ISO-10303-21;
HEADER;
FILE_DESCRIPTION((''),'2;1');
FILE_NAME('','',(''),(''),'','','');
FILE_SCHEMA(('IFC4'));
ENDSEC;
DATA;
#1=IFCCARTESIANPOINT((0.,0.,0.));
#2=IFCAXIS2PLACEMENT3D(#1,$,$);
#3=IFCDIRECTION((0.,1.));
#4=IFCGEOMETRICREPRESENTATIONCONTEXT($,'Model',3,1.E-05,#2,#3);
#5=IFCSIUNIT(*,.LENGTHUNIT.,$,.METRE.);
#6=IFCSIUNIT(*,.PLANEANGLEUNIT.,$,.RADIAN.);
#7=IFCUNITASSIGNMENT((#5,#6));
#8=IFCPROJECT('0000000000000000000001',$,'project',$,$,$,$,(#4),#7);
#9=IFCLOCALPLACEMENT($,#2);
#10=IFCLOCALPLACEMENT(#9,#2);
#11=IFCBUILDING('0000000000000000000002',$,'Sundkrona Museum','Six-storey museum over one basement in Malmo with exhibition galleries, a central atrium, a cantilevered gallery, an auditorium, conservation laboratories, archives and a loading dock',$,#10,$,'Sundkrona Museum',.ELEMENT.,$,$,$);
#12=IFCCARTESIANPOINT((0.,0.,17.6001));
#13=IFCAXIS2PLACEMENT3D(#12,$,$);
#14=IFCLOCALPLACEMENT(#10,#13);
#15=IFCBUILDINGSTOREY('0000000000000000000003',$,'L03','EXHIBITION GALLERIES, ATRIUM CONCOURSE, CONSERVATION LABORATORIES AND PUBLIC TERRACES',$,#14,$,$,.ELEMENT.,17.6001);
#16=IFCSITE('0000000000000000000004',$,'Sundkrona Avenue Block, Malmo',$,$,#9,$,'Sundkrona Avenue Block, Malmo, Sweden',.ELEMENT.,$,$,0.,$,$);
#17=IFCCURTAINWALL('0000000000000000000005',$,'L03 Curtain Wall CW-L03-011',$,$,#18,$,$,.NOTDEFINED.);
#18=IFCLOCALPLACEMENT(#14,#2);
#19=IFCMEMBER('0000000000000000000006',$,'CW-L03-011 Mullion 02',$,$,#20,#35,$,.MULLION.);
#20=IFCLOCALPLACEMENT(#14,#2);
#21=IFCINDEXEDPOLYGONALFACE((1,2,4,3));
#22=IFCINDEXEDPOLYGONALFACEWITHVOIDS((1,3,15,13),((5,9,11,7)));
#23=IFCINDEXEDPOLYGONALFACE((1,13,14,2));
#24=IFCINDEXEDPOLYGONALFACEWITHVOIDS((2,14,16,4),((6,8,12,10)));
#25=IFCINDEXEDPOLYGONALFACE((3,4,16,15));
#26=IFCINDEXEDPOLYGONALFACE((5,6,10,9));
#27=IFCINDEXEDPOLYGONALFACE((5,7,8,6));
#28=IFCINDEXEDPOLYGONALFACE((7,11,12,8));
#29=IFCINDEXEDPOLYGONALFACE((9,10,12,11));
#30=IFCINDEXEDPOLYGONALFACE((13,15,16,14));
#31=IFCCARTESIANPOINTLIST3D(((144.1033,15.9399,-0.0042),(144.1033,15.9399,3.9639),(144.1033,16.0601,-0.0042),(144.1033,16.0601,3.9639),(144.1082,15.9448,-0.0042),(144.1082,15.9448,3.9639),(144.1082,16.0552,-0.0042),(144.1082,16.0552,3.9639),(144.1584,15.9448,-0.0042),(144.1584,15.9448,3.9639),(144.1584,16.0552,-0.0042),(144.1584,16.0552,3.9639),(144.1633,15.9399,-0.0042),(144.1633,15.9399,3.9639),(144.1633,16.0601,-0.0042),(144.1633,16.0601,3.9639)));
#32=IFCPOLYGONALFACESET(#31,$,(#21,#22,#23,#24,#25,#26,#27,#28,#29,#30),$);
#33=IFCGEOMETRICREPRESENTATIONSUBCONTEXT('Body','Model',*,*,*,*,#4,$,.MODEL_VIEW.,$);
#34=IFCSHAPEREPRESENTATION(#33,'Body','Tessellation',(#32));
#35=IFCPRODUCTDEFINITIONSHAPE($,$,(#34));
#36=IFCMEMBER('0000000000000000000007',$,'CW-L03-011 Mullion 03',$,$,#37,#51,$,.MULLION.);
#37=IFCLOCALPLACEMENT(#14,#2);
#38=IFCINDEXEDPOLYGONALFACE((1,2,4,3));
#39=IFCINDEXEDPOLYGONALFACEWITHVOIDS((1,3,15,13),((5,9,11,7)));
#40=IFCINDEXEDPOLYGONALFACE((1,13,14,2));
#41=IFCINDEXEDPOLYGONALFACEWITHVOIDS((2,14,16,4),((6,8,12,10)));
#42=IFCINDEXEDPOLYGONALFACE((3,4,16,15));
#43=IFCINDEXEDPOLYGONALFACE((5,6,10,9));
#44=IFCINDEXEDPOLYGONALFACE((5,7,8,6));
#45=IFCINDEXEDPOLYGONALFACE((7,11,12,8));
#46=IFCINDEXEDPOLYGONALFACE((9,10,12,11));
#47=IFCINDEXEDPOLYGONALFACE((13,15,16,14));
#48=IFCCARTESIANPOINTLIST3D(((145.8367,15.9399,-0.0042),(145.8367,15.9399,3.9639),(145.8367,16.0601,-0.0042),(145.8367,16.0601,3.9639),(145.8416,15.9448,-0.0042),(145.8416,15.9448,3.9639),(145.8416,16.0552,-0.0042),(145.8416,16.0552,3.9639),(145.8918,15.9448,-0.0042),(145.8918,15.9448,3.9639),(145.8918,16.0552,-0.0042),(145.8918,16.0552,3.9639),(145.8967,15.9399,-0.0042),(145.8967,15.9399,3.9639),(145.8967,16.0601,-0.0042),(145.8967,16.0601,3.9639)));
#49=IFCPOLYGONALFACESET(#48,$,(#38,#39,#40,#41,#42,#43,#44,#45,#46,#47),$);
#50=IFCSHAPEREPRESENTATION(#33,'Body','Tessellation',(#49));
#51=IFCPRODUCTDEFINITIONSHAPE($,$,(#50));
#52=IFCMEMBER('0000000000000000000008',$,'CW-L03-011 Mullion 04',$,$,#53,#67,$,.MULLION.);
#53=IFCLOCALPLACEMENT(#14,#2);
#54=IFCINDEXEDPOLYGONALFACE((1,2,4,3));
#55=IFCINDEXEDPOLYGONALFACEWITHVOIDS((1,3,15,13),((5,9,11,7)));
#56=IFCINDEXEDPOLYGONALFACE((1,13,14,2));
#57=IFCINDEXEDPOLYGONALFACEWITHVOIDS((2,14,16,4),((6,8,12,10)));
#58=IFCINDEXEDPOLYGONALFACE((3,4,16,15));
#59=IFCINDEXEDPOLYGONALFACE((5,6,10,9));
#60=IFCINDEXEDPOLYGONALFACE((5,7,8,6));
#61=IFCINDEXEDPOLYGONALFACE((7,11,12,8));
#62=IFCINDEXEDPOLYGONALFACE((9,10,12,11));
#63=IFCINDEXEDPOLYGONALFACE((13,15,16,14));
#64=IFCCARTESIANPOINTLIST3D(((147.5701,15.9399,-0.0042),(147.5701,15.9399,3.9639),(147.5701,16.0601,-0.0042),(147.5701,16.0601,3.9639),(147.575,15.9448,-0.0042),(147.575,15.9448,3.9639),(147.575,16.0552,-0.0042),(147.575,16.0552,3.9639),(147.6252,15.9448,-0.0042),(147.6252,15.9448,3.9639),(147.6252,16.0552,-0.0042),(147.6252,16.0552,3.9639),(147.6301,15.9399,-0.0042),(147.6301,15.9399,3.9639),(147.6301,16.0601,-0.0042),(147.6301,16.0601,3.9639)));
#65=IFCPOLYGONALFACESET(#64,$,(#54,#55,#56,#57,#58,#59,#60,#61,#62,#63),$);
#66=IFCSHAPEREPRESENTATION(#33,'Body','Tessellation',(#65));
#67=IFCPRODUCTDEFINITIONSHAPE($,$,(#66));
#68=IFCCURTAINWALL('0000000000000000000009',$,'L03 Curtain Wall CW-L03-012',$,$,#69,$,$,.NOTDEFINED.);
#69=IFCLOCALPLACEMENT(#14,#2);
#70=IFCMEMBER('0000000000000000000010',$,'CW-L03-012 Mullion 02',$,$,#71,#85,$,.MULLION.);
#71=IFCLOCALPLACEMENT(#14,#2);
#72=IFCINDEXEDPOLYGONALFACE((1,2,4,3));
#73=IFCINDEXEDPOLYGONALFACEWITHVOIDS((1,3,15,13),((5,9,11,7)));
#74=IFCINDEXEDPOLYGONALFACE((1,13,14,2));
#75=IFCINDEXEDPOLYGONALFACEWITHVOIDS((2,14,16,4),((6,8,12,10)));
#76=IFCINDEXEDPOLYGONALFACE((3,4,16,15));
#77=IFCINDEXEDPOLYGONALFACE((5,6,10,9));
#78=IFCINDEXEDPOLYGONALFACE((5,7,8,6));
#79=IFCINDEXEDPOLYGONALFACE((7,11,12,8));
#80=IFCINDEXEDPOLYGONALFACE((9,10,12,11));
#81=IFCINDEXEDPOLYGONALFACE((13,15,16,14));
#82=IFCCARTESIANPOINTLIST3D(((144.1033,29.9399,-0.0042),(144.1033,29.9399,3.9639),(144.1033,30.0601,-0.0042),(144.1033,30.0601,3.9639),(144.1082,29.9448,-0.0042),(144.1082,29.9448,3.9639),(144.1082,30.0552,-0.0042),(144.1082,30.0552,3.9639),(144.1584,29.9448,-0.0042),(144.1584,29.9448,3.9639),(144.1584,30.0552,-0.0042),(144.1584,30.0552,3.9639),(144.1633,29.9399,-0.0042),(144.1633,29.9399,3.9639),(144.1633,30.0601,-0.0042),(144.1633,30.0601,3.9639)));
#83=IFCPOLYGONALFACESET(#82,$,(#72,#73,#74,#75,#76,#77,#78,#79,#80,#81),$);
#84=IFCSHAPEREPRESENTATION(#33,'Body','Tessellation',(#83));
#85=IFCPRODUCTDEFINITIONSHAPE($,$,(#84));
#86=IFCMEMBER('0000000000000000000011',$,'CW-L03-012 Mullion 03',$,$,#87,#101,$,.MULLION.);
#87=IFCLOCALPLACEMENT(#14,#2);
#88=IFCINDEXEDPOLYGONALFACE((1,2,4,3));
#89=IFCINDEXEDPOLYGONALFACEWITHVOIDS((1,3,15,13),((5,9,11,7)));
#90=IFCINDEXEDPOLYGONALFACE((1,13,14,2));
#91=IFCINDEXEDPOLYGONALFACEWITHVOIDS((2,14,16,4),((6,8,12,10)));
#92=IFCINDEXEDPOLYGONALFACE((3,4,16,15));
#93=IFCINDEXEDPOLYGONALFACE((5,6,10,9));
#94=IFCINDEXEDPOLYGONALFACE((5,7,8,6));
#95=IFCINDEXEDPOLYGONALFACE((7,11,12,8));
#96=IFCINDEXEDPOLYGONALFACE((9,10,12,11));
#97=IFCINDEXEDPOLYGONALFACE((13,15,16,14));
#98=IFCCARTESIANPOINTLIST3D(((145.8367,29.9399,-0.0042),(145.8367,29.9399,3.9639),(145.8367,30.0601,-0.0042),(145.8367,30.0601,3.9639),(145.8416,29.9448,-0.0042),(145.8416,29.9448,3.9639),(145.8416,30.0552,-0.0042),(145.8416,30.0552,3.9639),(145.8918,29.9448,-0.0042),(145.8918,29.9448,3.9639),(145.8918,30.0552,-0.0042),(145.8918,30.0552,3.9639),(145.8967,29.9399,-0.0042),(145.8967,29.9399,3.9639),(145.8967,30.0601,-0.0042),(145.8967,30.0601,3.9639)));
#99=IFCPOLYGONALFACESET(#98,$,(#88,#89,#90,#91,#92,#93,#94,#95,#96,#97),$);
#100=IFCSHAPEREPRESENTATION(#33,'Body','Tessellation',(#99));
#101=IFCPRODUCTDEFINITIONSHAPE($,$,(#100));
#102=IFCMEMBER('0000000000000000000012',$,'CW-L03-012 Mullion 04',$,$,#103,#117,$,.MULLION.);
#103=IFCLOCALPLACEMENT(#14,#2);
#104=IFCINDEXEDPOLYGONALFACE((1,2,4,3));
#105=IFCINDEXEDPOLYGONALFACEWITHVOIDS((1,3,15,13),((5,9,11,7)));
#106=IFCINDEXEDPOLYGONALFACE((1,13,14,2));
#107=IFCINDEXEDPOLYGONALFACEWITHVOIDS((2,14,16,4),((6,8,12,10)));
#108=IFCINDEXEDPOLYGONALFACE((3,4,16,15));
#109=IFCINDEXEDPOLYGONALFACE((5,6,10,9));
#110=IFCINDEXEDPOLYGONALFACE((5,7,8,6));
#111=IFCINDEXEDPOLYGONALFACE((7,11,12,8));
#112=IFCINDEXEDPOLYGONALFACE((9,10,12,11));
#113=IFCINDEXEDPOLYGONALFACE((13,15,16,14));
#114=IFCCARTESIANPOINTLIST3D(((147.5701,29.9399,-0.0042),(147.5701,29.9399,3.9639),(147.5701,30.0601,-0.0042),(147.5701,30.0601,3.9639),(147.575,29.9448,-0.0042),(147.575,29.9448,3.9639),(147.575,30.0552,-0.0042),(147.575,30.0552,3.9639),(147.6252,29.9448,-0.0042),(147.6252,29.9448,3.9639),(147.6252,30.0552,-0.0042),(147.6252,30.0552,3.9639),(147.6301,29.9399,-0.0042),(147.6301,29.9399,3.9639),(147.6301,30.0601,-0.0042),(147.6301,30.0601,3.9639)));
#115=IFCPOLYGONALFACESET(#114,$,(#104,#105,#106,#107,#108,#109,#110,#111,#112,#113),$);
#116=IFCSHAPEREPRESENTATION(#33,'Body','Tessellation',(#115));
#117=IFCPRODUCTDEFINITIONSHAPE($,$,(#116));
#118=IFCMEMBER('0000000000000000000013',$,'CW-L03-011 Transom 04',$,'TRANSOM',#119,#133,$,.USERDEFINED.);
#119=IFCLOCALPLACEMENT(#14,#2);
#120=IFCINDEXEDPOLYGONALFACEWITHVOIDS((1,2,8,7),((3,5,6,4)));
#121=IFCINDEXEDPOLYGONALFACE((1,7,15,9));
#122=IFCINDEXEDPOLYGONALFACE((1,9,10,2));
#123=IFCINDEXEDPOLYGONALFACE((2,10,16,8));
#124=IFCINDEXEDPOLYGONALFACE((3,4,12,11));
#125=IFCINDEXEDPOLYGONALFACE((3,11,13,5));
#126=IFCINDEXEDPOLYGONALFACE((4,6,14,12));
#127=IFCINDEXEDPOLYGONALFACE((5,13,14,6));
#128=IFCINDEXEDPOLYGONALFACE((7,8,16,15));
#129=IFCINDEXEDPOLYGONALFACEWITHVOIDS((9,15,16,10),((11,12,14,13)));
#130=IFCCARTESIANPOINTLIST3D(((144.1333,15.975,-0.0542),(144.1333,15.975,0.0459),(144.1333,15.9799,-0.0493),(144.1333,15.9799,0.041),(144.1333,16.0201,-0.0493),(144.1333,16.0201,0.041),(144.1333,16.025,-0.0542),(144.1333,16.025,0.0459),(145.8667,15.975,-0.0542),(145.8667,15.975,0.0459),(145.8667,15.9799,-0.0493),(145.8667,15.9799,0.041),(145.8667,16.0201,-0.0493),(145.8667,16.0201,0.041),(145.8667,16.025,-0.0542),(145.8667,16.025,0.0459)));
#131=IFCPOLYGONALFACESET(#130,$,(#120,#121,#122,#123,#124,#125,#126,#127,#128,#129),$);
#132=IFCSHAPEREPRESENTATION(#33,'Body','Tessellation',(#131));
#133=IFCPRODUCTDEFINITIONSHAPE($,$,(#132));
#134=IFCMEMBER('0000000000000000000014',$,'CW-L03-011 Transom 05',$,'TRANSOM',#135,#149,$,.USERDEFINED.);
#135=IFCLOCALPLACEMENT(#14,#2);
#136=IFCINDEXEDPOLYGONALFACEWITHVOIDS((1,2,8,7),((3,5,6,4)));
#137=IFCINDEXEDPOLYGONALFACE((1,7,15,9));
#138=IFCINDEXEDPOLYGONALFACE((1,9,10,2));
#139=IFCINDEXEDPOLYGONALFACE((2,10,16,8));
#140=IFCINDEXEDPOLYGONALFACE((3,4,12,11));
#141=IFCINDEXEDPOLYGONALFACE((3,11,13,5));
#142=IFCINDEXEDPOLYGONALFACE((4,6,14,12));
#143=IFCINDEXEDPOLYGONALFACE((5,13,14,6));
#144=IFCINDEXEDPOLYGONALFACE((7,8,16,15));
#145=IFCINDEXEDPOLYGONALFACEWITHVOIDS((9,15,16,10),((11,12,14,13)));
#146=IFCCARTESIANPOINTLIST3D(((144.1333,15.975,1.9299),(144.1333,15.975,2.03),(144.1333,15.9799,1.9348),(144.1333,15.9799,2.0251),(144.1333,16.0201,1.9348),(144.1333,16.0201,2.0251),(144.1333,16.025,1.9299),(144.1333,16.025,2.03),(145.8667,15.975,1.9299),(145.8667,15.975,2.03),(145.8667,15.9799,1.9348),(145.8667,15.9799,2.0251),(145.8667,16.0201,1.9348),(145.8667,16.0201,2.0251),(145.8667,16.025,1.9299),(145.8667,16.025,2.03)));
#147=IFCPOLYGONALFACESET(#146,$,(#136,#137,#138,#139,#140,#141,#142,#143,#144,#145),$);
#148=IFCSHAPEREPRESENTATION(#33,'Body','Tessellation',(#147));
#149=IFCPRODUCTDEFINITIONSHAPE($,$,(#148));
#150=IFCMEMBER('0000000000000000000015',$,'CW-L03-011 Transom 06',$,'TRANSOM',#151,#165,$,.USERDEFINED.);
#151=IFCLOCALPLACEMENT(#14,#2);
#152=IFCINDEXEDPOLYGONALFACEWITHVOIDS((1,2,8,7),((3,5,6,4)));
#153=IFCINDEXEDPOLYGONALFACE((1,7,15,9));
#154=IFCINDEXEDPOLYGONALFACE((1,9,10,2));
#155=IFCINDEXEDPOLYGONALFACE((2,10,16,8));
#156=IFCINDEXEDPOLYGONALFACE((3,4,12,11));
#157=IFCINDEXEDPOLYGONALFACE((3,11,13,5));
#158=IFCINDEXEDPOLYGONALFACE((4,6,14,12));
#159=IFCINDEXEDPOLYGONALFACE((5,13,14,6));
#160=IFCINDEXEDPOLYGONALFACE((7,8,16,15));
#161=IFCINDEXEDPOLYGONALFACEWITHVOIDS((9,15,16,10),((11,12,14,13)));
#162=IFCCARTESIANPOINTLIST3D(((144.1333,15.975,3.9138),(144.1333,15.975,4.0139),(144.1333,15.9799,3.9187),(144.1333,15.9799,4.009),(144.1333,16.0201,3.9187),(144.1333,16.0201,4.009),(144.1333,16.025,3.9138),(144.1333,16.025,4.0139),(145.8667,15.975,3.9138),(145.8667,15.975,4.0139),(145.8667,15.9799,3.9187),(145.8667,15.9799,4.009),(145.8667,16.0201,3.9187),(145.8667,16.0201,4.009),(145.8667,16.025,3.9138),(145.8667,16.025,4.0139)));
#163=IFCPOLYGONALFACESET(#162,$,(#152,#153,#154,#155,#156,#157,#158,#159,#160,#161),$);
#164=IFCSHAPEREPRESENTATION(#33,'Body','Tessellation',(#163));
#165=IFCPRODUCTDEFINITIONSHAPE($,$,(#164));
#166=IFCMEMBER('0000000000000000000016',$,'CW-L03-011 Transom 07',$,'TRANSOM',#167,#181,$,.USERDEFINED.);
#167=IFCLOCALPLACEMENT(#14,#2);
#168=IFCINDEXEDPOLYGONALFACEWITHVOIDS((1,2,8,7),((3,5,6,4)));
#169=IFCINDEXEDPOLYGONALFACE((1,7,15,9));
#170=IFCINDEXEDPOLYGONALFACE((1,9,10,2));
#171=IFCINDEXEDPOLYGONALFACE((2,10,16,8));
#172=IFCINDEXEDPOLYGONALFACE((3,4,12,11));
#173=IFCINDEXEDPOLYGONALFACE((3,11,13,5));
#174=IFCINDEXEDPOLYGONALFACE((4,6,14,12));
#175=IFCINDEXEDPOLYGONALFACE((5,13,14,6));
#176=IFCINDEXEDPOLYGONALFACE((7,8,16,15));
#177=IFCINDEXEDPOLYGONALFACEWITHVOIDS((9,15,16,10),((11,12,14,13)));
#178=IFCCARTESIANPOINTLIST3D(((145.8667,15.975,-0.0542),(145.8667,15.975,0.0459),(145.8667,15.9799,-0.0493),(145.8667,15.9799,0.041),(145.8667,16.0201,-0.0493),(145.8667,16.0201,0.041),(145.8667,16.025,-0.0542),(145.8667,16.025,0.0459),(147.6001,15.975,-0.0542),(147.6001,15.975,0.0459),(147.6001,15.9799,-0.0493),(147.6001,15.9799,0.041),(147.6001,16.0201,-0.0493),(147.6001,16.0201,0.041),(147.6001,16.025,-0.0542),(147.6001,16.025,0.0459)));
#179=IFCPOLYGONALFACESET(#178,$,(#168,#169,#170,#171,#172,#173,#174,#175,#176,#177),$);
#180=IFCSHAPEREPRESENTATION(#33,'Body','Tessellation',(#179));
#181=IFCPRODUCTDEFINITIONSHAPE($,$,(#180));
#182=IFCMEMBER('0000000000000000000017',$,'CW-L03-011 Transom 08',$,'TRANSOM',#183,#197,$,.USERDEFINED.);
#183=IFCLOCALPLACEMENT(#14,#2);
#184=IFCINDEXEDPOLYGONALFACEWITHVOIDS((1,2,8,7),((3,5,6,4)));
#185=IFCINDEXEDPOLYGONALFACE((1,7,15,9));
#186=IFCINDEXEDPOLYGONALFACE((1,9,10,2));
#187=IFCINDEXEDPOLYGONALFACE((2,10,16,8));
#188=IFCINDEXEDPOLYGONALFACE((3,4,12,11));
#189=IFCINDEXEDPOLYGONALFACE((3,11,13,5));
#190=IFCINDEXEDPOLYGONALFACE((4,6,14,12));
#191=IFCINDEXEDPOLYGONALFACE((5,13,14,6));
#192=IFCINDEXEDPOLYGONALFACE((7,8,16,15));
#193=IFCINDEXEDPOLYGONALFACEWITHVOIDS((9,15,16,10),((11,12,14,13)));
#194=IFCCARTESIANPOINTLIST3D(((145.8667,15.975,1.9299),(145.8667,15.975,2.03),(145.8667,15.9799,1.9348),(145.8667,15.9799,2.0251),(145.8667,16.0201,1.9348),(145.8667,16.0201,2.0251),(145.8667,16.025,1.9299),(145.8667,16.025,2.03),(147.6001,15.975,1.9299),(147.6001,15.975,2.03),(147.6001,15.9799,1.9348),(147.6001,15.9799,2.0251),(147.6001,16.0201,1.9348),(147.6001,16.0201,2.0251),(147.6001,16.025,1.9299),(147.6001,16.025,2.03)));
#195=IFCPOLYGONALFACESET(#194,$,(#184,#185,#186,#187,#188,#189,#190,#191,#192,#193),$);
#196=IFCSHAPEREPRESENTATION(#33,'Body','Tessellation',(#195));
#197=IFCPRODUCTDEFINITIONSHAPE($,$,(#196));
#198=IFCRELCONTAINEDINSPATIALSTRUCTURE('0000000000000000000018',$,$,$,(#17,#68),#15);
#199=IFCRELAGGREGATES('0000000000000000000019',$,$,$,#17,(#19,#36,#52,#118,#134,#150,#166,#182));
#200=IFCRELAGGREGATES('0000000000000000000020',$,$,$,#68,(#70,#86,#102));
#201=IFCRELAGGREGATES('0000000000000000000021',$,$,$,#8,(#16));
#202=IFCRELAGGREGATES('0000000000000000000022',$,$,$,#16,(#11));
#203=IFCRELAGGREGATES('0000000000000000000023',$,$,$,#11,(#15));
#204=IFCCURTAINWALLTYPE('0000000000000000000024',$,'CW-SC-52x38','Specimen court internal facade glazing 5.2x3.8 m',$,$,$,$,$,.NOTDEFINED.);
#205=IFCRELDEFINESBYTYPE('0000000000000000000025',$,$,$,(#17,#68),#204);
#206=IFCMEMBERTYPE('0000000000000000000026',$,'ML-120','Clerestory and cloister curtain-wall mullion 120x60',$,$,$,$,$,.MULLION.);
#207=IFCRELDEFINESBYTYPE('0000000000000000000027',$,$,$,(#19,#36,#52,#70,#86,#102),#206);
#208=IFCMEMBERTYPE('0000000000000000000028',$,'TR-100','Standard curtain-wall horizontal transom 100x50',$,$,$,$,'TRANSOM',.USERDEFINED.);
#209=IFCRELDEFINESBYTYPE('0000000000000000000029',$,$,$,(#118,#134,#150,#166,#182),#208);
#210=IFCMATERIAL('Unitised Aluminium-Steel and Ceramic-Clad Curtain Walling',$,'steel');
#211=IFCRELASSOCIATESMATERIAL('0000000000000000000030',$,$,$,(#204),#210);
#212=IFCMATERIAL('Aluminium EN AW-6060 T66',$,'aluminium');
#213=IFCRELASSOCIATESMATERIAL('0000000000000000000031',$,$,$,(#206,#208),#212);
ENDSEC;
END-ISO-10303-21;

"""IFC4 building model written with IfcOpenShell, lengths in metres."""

from ifc_helpers import new_model, si_unit, direction, frame, origin, origin_2d, place, context, subcontext, project, spatial, hollow_rectangle, extrude, material, material_profile, profile_set, type_object, element, aggregate, save


model = new_model("IFC4")

# Units and contexts
model_context = context("Model", 3, precision=1e-05, world=origin(), true_north=direction((0.0, 1.0)))
body_context = subcontext(model_context, "Body", "Model", "MODEL_VIEW")
ifc_project = project(units=[si_unit("LENGTHUNIT", "METRE"), si_unit("PLANEANGLEUNIT", "RADIAN")], contexts=[model_context])

# Site, building, storey
site_placement = place(None, origin())
site = spatial("IfcSite", under=ifc_project, at=site_placement, Name="Sundkrona Avenue Block, Malmo", LongName="Sundkrona Avenue Block, Malmo, Sweden", CompositionType="ELEMENT", RefElevation=0.0)
building_placement = place(site_placement, origin())
building = spatial("IfcBuilding", under=site, at=building_placement, Name="Sundkrona Museum", Description="Six-storey museum over one basement in Malmo with exhibition galleries, a central atrium, a cantilevered gallery, an auditorium, conservation laboratories, archives and a loading dock", LongName="Sundkrona Museum", CompositionType="ELEMENT")
storey_placement = place(building_placement, frame((0.0, 0.0, 17.6001)))
storey = spatial("IfcBuildingStorey", under=building, at=storey_placement, Name="L03", Description="EXHIBITION GALLERIES, ATRIUM CONCOURSE, CONSERVATION LABORATORIES AND PUBLIC TERRACES", CompositionType="ELEMENT", Elevation=17.6001)

# Curtain walls, members
ifc_material_1 = material(Name="Unitised Aluminium-Steel and Ceramic-Clad Curtain Walling", Category="steel")
curtain_wall_type = type_object("IfcCurtainWallType", Name="CW-SC-52x38", Description="Specimen court internal facade glazing 5.2x3.8 m", PredefinedType="NOTDEFINED", material=ifc_material_1)
curtain_wall_1_placement = place(storey_placement, origin())
curtain_wall_1 = element("IfcCurtainWall", 1, at=curtain_wall_1_placement, inside=storey, type_object=curtain_wall_type, Name="L03 Curtain Wall CW-L03-011", PredefinedType="NOTDEFINED")
ifc_material_2 = material(Name="Aluminium EN AW-6060 T66", Category="aluminium")
ifc_material_profile_1 = material_profile(ifc_material_2, hollow_rectangle(XDim=0.0601, YDim=0.1201, WallThickness=0.0049, at=origin_2d()), Name="RHS 120x60x5.0")
ifc_profile_set_1 = profile_set([ifc_material_profile_1], Name="Aluminium EN AW-6060 T66")
member_type_1 = type_object("IfcMemberType", Name="ML-120", Description="Clerestory and cloister curtain-wall mullion 120x60", PredefinedType="MULLION", material=ifc_profile_set_1)
member_1_placement = place(storey_placement, frame((144.1333, 16.0, -0.0042), z_axis=(0.0, 0.0, 1.0), x_axis=(1.0, 0.0, 0.0)))
member_1 = element("IfcMember", 2, at=member_1_placement, type_object=member_type_1, Name="CW-L03-011 Mullion 02", PredefinedType="MULLION", context=body_context, shape_type="SweptSolid", body=[
    extrude(hollow_rectangle(XDim=0.0601, YDim=0.1201, WallThickness=0.0049, at=origin_2d()), origin(), (0.0, 0.0, 1.0), 3.968),
])
member_2_placement = place(storey_placement, frame((145.8667, 16.0, -0.0042), z_axis=(0.0, 0.0, 1.0), x_axis=(1.0, 0.0, 0.0)))
member_2 = element("IfcMember", 3, at=member_2_placement, type_object=member_type_1, Name="CW-L03-011 Mullion 03", PredefinedType="MULLION", context=body_context, shape_type="SweptSolid", body=[
    extrude(hollow_rectangle(XDim=0.0601, YDim=0.1201, WallThickness=0.0049, at=origin_2d()), origin(), (0.0, 0.0, 1.0), 3.968),
])
member_3_placement = place(storey_placement, frame((147.6001, 16.0, -0.0042), z_axis=(0.0, 0.0, 1.0), x_axis=(1.0, 0.0, 0.0)))
member_3 = element("IfcMember", 4, at=member_3_placement, type_object=member_type_1, Name="CW-L03-011 Mullion 04", PredefinedType="MULLION", context=body_context, shape_type="SweptSolid", body=[
    extrude(hollow_rectangle(XDim=0.0601, YDim=0.1201, WallThickness=0.0049, at=origin_2d()), origin(), (0.0, 0.0, 1.0), 3.968),
])
curtain_wall_2_placement = place(storey_placement, origin())
curtain_wall_2 = element("IfcCurtainWall", 5, at=curtain_wall_2_placement, inside=storey, type_object=curtain_wall_type, Name="L03 Curtain Wall CW-L03-012", PredefinedType="NOTDEFINED")
member_4_placement = place(storey_placement, frame((144.1333, 30.0, -0.0042), z_axis=(0.0, 0.0, 1.0), x_axis=(1.0, 0.0, 0.0)))
member_4 = element("IfcMember", 6, at=member_4_placement, type_object=member_type_1, Name="CW-L03-012 Mullion 02", PredefinedType="MULLION", context=body_context, shape_type="SweptSolid", body=[
    extrude(hollow_rectangle(XDim=0.0601, YDim=0.1201, WallThickness=0.0049, at=origin_2d()), origin(), (0.0, 0.0, 1.0), 3.968),
])
member_5_placement = place(storey_placement, frame((145.8667, 30.0, -0.0042), z_axis=(0.0, 0.0, 1.0), x_axis=(1.0, 0.0, 0.0)))
member_5 = element("IfcMember", 7, at=member_5_placement, type_object=member_type_1, Name="CW-L03-012 Mullion 03", PredefinedType="MULLION", context=body_context, shape_type="SweptSolid", body=[
    extrude(hollow_rectangle(XDim=0.0601, YDim=0.1201, WallThickness=0.0049, at=origin_2d()), origin(), (0.0, 0.0, 1.0), 3.968),
])
member_6_placement = place(storey_placement, frame((147.6001, 30.0, -0.0042), z_axis=(0.0, 0.0, 1.0), x_axis=(1.0, 0.0, 0.0)))
member_6 = element("IfcMember", 8, at=member_6_placement, type_object=member_type_1, Name="CW-L03-012 Mullion 04", PredefinedType="MULLION", context=body_context, shape_type="SweptSolid", body=[
    extrude(hollow_rectangle(XDim=0.0601, YDim=0.1201, WallThickness=0.0049, at=origin_2d()), origin(), (0.0, 0.0, 1.0), 3.968),
])

# Members
ifc_material_profile_2 = material_profile(ifc_material_2, hollow_rectangle(XDim=0.05, YDim=0.1001, WallThickness=0.0049, at=origin_2d()), Name="RHS 100x50x5.0")
ifc_profile_set_2 = profile_set([ifc_material_profile_2], Name="Aluminium EN AW-6060 T66")
member_type_2 = type_object("IfcMemberType", Name="TR-100", Description="Standard curtain-wall horizontal transom 100x50", ElementType="TRANSOM", PredefinedType="USERDEFINED", material=ifc_profile_set_2)
member_7_placement = place(storey_placement, frame((144.1333, 16.0, -0.0042), z_axis=(1.0, 0.0, 0.0), x_axis=(0.0, 1.0, 0.0)))
member_7 = element("IfcMember", 9, at=member_7_placement, type_object=member_type_2, Name="CW-L03-011 Transom 04", ObjectType="TRANSOM", PredefinedType="USERDEFINED", context=body_context, shape_type="SweptSolid", body=[
    extrude(hollow_rectangle(XDim=0.05, YDim=0.1001, WallThickness=0.0049, at=origin_2d()), origin(), (0.0, 0.0, 1.0), 1.7334),
])
member_8_placement = place(storey_placement, frame((144.1333, 16.0, 1.98), z_axis=(1.0, 0.0, 0.0), x_axis=(0.0, 1.0, 0.0)))
member_8 = element("IfcMember", 10, at=member_8_placement, type_object=member_type_2, Name="CW-L03-011 Transom 05", ObjectType="TRANSOM", PredefinedType="USERDEFINED", context=body_context, shape_type="SweptSolid", body=[
    extrude(hollow_rectangle(XDim=0.05, YDim=0.1001, WallThickness=0.0049, at=origin_2d()), origin(), (0.0, 0.0, 1.0), 1.7334),
])
member_9_placement = place(storey_placement, frame((144.1333, 16.0, 3.9639), z_axis=(1.0, 0.0, 0.0), x_axis=(0.0, 1.0, 0.0)))
member_9 = element("IfcMember", 11, at=member_9_placement, type_object=member_type_2, Name="CW-L03-011 Transom 06", ObjectType="TRANSOM", PredefinedType="USERDEFINED", context=body_context, shape_type="SweptSolid", body=[
    extrude(hollow_rectangle(XDim=0.05, YDim=0.1001, WallThickness=0.0049, at=origin_2d()), origin(), (0.0, 0.0, 1.0), 1.7334),
])
member_10_placement = place(storey_placement, frame((145.8667, 16.0, -0.0042), z_axis=(1.0, 0.0, 0.0), x_axis=(0.0, 1.0, 0.0)))
member_10 = element("IfcMember", 12, at=member_10_placement, type_object=member_type_2, Name="CW-L03-011 Transom 07", ObjectType="TRANSOM", PredefinedType="USERDEFINED", context=body_context, shape_type="SweptSolid", body=[
    extrude(hollow_rectangle(XDim=0.05, YDim=0.1001, WallThickness=0.0049, at=origin_2d()), origin(), (0.0, 0.0, 1.0), 1.7334),
])
member_11_placement = place(storey_placement, frame((145.8667, 16.0, 1.98), z_axis=(1.0, 0.0, 0.0), x_axis=(0.0, 1.0, 0.0)))
member_11 = element("IfcMember", 13, at=member_11_placement, type_object=member_type_2, Name="CW-L03-011 Transom 08", ObjectType="TRANSOM", PredefinedType="USERDEFINED", context=body_context, shape_type="SweptSolid", body=[
    extrude(hollow_rectangle(XDim=0.05, YDim=0.1001, WallThickness=0.0049, at=origin_2d()), origin(), (0.0, 0.0, 1.0), 1.7334),
])

aggregate(curtain_wall_1, [member_1, member_2, member_3, member_7, member_8, member_9, member_10, member_11])
aggregate(curtain_wall_2, [member_4, member_5, member_6])

save(model, "model.ifc")
